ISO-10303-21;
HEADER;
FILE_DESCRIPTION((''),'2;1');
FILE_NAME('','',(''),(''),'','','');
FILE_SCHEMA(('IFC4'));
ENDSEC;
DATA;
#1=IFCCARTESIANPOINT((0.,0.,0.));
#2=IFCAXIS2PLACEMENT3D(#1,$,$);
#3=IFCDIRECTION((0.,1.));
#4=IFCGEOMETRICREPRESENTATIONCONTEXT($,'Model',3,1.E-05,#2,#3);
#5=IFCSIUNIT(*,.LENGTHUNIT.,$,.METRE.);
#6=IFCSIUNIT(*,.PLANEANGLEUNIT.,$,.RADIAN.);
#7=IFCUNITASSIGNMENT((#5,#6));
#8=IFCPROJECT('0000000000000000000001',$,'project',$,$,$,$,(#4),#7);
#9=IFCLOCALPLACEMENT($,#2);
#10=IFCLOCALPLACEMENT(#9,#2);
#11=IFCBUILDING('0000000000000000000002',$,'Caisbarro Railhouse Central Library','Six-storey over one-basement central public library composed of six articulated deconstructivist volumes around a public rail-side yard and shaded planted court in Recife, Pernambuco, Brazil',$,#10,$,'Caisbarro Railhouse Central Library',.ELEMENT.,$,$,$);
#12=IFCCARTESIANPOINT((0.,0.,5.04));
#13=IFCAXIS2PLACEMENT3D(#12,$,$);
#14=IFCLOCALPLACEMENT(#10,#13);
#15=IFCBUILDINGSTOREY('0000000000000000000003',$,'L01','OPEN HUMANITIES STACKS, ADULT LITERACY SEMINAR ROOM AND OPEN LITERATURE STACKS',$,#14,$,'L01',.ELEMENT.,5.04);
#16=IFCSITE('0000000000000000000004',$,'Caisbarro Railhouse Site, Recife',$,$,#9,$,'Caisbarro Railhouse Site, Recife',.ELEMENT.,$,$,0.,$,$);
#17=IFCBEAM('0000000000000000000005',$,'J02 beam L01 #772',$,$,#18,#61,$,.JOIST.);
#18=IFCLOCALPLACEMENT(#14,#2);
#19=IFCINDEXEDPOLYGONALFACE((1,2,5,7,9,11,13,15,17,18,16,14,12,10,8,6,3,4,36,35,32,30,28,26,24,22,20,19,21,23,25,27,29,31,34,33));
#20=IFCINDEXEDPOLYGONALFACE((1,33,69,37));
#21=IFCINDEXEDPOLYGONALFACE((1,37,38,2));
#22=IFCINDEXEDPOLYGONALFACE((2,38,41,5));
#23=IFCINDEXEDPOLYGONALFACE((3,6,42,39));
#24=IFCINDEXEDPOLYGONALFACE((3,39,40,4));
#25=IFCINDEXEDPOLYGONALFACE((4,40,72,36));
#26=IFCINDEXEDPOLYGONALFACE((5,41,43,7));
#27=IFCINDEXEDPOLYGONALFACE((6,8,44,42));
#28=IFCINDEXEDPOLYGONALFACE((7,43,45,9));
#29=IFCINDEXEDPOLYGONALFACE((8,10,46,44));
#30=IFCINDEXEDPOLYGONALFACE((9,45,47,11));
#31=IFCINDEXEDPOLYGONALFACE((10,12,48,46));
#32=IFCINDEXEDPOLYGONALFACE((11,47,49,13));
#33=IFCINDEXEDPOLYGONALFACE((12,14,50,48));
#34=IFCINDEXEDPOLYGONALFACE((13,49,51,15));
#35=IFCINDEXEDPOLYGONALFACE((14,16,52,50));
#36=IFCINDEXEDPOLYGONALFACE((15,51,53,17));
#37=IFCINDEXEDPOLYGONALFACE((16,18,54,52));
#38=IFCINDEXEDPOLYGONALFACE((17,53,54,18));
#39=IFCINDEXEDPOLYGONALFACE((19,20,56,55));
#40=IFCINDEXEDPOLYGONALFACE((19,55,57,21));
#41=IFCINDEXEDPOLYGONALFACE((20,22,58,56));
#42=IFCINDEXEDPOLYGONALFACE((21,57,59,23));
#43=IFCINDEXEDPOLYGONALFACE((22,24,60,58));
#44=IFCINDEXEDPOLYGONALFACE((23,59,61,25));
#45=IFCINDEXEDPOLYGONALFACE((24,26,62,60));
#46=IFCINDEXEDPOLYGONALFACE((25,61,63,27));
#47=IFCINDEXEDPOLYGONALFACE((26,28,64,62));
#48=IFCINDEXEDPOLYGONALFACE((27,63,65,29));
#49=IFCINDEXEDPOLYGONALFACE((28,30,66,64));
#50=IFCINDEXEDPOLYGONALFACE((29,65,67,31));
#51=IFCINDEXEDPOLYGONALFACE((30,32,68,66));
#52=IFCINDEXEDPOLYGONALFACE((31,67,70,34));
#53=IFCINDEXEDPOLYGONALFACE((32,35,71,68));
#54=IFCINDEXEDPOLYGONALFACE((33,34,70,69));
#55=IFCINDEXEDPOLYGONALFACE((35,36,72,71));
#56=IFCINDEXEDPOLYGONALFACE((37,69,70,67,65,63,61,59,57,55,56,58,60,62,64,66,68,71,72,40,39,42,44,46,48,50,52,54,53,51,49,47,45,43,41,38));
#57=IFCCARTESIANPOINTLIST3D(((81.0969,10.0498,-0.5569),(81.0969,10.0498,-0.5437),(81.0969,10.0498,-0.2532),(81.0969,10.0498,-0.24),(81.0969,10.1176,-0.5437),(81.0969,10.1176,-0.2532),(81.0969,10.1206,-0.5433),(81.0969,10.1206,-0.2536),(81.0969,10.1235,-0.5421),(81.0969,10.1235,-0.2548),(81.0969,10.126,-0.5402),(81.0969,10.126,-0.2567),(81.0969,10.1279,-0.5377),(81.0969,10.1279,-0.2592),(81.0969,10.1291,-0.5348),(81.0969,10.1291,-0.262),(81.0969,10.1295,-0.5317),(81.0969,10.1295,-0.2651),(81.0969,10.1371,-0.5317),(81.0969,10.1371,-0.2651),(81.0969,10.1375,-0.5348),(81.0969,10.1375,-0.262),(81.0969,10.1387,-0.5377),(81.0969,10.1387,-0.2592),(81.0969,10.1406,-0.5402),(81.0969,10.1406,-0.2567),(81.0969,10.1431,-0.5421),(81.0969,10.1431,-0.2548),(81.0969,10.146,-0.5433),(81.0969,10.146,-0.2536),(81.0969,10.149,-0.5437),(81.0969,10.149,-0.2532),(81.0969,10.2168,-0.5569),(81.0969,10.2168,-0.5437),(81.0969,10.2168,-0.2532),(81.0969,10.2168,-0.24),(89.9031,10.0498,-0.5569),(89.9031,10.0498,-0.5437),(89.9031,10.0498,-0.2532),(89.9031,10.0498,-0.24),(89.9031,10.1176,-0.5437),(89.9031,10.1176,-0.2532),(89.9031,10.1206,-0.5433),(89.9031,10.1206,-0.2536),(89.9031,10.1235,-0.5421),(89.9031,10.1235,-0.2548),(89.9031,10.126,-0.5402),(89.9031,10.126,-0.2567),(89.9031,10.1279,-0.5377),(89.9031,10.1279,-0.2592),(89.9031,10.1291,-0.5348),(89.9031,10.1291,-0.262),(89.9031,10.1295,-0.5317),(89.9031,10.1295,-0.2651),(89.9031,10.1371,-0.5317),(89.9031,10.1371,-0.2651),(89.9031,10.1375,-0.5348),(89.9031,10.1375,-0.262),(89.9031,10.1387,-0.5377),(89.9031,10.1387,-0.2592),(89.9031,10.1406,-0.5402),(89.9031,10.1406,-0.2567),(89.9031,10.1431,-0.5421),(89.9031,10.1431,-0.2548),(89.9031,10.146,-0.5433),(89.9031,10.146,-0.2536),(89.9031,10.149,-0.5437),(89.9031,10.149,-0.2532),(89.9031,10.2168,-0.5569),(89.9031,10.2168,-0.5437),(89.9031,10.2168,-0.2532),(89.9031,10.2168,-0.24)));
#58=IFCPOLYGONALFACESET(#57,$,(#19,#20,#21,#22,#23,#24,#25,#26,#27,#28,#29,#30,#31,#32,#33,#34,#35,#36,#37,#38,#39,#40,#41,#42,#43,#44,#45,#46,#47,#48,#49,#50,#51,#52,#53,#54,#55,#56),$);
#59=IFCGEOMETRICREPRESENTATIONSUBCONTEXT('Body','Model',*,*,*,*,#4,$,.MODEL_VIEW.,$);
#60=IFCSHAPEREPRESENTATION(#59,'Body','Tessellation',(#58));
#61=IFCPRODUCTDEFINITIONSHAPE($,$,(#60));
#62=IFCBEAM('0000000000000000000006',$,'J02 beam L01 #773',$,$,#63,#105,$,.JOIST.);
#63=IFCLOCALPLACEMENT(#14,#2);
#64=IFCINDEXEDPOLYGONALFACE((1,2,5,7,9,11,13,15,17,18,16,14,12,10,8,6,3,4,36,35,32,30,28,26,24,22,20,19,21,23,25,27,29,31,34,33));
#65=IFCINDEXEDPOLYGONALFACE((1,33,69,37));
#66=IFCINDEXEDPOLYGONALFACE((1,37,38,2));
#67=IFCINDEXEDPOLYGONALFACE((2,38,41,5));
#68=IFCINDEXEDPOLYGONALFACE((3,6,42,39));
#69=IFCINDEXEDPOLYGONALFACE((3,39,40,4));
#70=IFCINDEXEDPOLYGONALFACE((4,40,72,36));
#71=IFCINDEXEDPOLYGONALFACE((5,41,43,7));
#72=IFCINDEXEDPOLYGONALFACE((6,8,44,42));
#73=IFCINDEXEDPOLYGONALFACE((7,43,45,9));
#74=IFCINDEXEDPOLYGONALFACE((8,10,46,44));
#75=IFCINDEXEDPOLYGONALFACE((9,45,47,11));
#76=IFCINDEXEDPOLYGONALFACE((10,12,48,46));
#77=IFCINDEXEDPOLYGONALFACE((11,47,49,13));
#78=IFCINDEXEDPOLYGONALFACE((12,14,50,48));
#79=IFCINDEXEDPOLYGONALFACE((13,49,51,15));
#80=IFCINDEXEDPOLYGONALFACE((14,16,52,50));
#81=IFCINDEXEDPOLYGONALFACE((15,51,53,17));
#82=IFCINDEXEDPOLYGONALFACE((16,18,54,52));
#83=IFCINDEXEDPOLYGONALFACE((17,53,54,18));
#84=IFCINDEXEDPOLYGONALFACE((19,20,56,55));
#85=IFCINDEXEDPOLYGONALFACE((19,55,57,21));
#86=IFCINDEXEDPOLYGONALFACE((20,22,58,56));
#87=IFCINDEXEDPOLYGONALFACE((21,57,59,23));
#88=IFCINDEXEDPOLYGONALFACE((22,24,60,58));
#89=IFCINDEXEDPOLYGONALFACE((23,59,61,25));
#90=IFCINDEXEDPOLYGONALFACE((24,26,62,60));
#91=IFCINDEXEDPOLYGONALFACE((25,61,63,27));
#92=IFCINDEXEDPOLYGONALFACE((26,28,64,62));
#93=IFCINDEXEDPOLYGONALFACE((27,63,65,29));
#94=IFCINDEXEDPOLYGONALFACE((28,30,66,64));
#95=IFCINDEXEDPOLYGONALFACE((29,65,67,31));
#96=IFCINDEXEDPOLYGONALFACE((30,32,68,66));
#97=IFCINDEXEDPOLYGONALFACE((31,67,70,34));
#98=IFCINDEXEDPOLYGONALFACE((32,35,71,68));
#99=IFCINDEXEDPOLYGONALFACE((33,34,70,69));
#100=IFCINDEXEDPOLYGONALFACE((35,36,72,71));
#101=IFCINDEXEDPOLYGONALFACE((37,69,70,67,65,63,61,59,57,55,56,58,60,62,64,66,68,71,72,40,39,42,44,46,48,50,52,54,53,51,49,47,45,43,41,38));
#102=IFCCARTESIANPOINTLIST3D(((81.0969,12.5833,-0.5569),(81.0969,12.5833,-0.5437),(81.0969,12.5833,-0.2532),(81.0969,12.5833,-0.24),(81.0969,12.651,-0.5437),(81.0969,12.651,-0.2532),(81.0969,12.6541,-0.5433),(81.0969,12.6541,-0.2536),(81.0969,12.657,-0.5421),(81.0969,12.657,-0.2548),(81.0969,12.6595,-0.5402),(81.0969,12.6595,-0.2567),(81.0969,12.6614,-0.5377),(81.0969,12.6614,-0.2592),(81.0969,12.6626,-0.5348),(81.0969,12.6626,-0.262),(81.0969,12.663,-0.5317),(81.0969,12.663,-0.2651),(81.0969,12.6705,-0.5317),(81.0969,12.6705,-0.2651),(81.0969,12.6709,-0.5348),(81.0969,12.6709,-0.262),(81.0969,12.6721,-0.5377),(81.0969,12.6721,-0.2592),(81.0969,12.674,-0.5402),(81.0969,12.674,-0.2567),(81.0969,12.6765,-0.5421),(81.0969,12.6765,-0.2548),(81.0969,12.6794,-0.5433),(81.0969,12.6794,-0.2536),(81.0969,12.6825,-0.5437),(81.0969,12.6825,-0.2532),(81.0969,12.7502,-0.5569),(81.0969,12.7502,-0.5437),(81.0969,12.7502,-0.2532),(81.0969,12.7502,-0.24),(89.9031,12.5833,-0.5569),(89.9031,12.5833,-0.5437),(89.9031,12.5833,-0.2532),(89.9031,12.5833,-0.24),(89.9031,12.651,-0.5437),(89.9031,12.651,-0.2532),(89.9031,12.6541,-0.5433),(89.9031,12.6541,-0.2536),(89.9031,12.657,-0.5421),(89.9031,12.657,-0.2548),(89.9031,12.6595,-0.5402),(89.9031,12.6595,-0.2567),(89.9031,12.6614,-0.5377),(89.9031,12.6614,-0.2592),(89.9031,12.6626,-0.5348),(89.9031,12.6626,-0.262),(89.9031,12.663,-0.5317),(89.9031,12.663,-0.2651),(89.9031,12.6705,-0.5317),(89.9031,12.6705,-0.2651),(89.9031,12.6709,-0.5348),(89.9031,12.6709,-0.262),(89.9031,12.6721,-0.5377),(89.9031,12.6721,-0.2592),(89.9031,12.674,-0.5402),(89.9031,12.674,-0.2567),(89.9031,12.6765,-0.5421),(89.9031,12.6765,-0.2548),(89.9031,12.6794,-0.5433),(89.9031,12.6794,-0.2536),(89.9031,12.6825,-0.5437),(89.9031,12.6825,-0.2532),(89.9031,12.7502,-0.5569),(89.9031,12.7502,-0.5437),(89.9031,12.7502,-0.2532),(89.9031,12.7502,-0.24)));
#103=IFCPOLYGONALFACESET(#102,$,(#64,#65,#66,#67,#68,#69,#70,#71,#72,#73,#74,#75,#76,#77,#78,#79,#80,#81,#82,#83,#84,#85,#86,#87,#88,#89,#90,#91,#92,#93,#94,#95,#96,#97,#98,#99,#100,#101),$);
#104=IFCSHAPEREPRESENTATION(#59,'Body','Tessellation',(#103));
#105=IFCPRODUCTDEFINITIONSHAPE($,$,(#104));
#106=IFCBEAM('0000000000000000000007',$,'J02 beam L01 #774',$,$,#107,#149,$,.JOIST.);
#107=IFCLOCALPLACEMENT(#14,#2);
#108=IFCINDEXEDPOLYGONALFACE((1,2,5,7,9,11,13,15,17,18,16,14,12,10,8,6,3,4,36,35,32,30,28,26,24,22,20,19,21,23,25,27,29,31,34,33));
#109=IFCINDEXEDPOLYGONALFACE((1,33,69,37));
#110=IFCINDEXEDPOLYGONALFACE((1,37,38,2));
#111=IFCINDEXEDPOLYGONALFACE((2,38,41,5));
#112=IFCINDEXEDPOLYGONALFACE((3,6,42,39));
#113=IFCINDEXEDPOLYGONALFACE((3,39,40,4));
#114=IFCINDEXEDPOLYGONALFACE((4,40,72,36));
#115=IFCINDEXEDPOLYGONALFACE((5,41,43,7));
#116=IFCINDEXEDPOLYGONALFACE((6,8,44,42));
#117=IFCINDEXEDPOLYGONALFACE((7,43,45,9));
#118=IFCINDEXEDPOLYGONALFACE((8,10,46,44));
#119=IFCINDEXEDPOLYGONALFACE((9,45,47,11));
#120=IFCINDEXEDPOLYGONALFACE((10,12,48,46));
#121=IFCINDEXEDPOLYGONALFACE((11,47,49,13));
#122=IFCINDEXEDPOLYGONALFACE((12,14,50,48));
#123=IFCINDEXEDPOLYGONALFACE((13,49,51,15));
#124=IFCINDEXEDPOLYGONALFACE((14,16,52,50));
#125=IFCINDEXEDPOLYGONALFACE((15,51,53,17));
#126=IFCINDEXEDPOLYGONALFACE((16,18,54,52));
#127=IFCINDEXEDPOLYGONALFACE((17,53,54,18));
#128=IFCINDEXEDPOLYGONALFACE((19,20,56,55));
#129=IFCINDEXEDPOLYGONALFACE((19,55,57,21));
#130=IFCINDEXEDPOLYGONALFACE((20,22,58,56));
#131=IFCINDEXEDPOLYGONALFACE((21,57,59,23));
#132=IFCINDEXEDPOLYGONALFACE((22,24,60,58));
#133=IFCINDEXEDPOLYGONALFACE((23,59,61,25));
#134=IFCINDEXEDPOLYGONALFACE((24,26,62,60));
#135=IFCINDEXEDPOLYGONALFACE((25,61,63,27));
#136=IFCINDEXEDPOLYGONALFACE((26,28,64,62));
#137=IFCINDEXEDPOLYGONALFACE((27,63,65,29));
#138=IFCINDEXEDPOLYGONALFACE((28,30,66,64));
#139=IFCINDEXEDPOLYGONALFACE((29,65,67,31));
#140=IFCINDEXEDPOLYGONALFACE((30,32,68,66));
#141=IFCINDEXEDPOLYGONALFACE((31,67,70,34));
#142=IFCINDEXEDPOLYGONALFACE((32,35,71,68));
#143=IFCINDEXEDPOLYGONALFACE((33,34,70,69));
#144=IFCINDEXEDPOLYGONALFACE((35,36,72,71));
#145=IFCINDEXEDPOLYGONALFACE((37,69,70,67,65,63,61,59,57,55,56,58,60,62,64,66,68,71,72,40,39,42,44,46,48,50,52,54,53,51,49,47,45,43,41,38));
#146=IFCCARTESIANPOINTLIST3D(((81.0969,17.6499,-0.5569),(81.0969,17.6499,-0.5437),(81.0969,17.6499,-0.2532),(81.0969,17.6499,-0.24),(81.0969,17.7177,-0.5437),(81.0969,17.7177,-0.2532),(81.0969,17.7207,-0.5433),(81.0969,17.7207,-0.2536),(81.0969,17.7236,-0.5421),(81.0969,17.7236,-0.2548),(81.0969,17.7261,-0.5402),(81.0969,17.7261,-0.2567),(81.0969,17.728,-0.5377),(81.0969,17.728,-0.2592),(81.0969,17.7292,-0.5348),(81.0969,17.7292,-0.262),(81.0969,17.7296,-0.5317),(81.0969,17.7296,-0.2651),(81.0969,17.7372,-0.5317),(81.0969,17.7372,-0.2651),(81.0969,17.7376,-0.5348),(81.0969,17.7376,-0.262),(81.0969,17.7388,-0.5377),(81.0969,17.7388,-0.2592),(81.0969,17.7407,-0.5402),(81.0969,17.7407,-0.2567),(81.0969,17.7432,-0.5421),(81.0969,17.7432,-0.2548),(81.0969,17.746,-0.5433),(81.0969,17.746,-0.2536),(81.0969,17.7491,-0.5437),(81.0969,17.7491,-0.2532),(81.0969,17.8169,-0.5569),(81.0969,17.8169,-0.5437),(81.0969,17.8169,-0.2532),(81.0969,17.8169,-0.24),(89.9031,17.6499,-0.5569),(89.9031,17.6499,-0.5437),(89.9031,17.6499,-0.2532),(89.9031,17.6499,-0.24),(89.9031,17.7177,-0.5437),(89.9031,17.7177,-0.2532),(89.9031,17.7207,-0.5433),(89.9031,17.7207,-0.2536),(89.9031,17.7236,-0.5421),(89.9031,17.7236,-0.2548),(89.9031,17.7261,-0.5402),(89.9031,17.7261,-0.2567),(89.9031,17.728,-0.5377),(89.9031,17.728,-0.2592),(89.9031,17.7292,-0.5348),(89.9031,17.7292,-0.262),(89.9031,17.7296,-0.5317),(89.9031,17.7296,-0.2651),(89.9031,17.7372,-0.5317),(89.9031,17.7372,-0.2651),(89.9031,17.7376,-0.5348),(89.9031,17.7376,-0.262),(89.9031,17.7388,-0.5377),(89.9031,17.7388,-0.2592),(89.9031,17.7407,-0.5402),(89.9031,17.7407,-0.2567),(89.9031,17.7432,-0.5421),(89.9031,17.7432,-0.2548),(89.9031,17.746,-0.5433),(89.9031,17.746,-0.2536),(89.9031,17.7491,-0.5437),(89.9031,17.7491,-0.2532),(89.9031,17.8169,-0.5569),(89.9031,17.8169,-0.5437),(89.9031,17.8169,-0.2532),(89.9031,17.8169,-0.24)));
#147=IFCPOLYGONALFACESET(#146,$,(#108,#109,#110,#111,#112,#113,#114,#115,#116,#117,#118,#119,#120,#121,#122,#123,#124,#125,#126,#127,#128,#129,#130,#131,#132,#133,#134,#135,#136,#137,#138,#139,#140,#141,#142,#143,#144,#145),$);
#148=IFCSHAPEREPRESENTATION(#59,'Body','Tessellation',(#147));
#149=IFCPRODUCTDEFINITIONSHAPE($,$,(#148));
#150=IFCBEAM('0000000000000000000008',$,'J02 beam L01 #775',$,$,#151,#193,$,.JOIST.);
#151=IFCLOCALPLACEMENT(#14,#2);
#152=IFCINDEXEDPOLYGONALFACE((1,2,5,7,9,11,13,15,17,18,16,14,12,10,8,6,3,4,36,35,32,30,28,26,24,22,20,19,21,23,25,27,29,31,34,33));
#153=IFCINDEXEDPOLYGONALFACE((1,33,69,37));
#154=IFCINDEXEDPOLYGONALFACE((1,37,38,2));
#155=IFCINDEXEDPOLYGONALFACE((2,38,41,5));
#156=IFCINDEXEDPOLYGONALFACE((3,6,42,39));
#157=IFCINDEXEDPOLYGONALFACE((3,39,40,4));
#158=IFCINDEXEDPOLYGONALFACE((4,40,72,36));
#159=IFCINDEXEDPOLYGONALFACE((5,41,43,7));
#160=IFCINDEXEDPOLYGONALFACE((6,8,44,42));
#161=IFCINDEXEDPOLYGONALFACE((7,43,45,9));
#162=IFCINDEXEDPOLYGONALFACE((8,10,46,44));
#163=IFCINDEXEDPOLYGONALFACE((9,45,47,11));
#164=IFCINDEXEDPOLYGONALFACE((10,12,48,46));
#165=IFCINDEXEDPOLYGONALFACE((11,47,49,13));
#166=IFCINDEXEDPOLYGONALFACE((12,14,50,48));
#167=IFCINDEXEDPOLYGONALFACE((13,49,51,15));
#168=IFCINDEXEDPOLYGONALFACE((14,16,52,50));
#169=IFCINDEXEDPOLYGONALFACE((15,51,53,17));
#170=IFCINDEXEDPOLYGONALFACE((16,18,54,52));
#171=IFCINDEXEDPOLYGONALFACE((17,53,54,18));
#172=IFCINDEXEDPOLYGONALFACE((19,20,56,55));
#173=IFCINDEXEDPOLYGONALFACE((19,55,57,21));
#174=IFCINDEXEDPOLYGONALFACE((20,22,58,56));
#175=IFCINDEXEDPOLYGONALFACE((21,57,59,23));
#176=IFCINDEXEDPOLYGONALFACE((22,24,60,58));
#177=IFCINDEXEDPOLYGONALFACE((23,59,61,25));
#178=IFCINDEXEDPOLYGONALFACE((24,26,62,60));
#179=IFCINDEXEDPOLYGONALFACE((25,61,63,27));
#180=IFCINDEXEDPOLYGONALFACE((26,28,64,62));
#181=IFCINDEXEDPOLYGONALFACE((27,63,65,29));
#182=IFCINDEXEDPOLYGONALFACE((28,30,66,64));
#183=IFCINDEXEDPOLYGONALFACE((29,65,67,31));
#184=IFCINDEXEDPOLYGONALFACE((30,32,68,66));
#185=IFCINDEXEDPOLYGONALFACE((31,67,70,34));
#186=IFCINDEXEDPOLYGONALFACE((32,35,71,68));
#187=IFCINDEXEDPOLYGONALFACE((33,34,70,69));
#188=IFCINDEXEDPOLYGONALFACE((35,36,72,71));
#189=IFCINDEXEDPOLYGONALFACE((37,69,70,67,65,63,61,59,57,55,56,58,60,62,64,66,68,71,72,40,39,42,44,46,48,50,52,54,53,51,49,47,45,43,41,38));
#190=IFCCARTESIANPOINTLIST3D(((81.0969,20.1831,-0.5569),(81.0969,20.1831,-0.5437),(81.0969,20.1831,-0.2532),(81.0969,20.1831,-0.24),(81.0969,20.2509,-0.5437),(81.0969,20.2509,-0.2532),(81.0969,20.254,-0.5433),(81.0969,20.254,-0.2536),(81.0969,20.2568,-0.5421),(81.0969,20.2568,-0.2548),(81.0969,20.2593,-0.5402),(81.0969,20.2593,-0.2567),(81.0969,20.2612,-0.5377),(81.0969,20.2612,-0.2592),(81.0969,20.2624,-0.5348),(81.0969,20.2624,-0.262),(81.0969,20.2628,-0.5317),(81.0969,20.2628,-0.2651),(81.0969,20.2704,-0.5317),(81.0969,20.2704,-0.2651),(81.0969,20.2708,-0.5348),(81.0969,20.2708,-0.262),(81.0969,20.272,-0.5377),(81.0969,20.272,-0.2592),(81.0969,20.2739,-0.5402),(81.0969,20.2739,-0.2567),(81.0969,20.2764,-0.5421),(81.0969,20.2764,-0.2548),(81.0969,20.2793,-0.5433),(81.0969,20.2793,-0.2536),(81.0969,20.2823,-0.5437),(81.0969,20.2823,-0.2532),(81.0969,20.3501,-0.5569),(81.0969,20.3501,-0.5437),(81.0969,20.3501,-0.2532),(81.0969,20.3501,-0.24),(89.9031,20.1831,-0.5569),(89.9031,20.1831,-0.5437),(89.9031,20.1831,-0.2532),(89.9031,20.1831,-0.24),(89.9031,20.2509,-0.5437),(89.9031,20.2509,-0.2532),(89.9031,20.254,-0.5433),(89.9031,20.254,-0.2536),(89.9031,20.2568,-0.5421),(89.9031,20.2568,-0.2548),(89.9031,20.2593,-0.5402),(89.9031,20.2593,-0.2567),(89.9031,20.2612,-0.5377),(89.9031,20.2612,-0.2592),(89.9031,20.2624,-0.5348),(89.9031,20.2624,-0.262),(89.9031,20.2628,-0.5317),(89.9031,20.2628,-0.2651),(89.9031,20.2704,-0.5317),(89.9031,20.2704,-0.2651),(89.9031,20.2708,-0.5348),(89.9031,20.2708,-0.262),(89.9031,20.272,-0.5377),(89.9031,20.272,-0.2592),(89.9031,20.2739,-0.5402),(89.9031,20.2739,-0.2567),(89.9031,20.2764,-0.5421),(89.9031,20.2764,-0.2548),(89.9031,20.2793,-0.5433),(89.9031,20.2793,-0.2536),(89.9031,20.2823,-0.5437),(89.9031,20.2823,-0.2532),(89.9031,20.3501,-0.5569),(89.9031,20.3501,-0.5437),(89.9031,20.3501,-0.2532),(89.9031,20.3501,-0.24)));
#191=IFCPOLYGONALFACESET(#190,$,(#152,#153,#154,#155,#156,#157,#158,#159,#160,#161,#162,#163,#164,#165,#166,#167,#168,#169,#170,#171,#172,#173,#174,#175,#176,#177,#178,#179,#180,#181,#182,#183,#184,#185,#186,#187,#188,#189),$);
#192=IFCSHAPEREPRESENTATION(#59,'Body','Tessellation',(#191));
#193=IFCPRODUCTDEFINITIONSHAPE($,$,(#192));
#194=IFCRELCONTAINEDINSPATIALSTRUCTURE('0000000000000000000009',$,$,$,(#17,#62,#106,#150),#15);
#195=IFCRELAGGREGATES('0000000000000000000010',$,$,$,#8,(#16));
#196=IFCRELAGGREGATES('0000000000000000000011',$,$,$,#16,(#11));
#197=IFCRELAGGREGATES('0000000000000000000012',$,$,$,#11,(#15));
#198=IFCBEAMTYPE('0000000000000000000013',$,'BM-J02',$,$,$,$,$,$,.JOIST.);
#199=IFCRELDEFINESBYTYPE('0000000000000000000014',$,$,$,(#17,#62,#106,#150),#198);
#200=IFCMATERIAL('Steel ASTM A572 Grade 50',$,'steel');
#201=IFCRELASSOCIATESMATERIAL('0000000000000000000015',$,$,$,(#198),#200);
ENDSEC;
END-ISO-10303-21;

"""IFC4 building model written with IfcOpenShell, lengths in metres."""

from ifc_helpers import new_model, si_unit, direction, frame, origin, origin_2d, place, context, subcontext, project, spatial, i_section, extrude, material, material_profile, profile_set, type_object, element, save


model = new_model("IFC4")

# Units and contexts
model_context = context("Model", 3, precision=1e-05, world=origin(), true_north=direction((0.0, 1.0)))
body_context = subcontext(model_context, "Body", "Model", "MODEL_VIEW")
ifc_project = project(units=[si_unit("LENGTHUNIT", "METRE"), si_unit("PLANEANGLEUNIT", "RADIAN")], contexts=[model_context])

# Site, building, storey
site_placement = place(None, origin())
site = spatial("IfcSite", under=ifc_project, at=site_placement, Name="Caisbarro Railhouse Site, Recife", LongName="Caisbarro Railhouse Site, Recife", CompositionType="ELEMENT", RefElevation=0.0)
building_placement = place(site_placement, origin())
building = spatial("IfcBuilding", under=site, at=building_placement, Name="Caisbarro Railhouse Central Library", Description="Six-storey over one-basement central public library composed of six articulated deconstructivist volumes around a public rail-side yard and shaded planted court in Recife, Pernambuco, Brazil", LongName="Caisbarro Railhouse Central Library", CompositionType="ELEMENT")
storey_placement = place(building_placement, frame((0.0, 0.0, 5.04)))
storey = spatial("IfcBuildingStorey", under=building, at=storey_placement, Name="L01", Description="OPEN HUMANITIES STACKS, ADULT LITERACY SEMINAR ROOM AND OPEN LITERATURE STACKS", LongName="L01", CompositionType="ELEMENT", Elevation=5.04)

# Shared definitions
ifc_material_1 = material(Name="Steel ASTM A572 Grade 50", Category="steel")

# Beams
ifc_material_profile_1 = material_profile(ifc_material_1, i_section(OverallWidth=0.167, OverallDepth=0.3169, WebThickness=0.0076, FlangeThickness=0.0132, FilletRadius=0.012, at=origin_2d()), Name="W310X52.0")
ifc_profile_set_1 = profile_set([ifc_material_profile_1], Name="Steel ASTM A572 Grade 50")
beam_type_1 = type_object("IfcBeamType", Name="BM-J02", PredefinedType="JOIST", material=ifc_profile_set_1)
for number, where, z_axis, x_axis, name in (
    (1, (81.0969, 10.1333, -0.3984), (1.0, 0.0, 0.0), (0.0, 1.0, 0.0), "J02 beam L01 #772"),
    (2, (81.0969, 12.6667, -0.3984), (1.0, 0.0, 0.0), (0.0, 1.0, 0.0), "J02 beam L01 #773"),
    (3, (81.0969, 17.7334, -0.3984), (1.0, 0.0, 0.0), (0.0, 1.0, 0.0), "J02 beam L01 #774"),
    (4, (81.0969, 20.2666, -0.3984), (1.0, 0.0, 0.0), (0.0, 1.0, 0.0), "J02 beam L01 #775"),
):
    element("IfcBeam", number, at=place(storey_placement, frame(where, z_axis=z_axis, x_axis=x_axis)), inside=storey, type_object=beam_type_1, Name=name, PredefinedType="JOIST", context=body_context, shape_type="SweptSolid", body=[
        extrude(i_section(OverallWidth=0.167, OverallDepth=0.3169, WebThickness=0.0076, FlangeThickness=0.0132, FilletRadius=0.012, at=origin_2d()), origin(), (0.0, 0.0, 1.0), 8.8062),
    ])

save(model, "model.ifc")
